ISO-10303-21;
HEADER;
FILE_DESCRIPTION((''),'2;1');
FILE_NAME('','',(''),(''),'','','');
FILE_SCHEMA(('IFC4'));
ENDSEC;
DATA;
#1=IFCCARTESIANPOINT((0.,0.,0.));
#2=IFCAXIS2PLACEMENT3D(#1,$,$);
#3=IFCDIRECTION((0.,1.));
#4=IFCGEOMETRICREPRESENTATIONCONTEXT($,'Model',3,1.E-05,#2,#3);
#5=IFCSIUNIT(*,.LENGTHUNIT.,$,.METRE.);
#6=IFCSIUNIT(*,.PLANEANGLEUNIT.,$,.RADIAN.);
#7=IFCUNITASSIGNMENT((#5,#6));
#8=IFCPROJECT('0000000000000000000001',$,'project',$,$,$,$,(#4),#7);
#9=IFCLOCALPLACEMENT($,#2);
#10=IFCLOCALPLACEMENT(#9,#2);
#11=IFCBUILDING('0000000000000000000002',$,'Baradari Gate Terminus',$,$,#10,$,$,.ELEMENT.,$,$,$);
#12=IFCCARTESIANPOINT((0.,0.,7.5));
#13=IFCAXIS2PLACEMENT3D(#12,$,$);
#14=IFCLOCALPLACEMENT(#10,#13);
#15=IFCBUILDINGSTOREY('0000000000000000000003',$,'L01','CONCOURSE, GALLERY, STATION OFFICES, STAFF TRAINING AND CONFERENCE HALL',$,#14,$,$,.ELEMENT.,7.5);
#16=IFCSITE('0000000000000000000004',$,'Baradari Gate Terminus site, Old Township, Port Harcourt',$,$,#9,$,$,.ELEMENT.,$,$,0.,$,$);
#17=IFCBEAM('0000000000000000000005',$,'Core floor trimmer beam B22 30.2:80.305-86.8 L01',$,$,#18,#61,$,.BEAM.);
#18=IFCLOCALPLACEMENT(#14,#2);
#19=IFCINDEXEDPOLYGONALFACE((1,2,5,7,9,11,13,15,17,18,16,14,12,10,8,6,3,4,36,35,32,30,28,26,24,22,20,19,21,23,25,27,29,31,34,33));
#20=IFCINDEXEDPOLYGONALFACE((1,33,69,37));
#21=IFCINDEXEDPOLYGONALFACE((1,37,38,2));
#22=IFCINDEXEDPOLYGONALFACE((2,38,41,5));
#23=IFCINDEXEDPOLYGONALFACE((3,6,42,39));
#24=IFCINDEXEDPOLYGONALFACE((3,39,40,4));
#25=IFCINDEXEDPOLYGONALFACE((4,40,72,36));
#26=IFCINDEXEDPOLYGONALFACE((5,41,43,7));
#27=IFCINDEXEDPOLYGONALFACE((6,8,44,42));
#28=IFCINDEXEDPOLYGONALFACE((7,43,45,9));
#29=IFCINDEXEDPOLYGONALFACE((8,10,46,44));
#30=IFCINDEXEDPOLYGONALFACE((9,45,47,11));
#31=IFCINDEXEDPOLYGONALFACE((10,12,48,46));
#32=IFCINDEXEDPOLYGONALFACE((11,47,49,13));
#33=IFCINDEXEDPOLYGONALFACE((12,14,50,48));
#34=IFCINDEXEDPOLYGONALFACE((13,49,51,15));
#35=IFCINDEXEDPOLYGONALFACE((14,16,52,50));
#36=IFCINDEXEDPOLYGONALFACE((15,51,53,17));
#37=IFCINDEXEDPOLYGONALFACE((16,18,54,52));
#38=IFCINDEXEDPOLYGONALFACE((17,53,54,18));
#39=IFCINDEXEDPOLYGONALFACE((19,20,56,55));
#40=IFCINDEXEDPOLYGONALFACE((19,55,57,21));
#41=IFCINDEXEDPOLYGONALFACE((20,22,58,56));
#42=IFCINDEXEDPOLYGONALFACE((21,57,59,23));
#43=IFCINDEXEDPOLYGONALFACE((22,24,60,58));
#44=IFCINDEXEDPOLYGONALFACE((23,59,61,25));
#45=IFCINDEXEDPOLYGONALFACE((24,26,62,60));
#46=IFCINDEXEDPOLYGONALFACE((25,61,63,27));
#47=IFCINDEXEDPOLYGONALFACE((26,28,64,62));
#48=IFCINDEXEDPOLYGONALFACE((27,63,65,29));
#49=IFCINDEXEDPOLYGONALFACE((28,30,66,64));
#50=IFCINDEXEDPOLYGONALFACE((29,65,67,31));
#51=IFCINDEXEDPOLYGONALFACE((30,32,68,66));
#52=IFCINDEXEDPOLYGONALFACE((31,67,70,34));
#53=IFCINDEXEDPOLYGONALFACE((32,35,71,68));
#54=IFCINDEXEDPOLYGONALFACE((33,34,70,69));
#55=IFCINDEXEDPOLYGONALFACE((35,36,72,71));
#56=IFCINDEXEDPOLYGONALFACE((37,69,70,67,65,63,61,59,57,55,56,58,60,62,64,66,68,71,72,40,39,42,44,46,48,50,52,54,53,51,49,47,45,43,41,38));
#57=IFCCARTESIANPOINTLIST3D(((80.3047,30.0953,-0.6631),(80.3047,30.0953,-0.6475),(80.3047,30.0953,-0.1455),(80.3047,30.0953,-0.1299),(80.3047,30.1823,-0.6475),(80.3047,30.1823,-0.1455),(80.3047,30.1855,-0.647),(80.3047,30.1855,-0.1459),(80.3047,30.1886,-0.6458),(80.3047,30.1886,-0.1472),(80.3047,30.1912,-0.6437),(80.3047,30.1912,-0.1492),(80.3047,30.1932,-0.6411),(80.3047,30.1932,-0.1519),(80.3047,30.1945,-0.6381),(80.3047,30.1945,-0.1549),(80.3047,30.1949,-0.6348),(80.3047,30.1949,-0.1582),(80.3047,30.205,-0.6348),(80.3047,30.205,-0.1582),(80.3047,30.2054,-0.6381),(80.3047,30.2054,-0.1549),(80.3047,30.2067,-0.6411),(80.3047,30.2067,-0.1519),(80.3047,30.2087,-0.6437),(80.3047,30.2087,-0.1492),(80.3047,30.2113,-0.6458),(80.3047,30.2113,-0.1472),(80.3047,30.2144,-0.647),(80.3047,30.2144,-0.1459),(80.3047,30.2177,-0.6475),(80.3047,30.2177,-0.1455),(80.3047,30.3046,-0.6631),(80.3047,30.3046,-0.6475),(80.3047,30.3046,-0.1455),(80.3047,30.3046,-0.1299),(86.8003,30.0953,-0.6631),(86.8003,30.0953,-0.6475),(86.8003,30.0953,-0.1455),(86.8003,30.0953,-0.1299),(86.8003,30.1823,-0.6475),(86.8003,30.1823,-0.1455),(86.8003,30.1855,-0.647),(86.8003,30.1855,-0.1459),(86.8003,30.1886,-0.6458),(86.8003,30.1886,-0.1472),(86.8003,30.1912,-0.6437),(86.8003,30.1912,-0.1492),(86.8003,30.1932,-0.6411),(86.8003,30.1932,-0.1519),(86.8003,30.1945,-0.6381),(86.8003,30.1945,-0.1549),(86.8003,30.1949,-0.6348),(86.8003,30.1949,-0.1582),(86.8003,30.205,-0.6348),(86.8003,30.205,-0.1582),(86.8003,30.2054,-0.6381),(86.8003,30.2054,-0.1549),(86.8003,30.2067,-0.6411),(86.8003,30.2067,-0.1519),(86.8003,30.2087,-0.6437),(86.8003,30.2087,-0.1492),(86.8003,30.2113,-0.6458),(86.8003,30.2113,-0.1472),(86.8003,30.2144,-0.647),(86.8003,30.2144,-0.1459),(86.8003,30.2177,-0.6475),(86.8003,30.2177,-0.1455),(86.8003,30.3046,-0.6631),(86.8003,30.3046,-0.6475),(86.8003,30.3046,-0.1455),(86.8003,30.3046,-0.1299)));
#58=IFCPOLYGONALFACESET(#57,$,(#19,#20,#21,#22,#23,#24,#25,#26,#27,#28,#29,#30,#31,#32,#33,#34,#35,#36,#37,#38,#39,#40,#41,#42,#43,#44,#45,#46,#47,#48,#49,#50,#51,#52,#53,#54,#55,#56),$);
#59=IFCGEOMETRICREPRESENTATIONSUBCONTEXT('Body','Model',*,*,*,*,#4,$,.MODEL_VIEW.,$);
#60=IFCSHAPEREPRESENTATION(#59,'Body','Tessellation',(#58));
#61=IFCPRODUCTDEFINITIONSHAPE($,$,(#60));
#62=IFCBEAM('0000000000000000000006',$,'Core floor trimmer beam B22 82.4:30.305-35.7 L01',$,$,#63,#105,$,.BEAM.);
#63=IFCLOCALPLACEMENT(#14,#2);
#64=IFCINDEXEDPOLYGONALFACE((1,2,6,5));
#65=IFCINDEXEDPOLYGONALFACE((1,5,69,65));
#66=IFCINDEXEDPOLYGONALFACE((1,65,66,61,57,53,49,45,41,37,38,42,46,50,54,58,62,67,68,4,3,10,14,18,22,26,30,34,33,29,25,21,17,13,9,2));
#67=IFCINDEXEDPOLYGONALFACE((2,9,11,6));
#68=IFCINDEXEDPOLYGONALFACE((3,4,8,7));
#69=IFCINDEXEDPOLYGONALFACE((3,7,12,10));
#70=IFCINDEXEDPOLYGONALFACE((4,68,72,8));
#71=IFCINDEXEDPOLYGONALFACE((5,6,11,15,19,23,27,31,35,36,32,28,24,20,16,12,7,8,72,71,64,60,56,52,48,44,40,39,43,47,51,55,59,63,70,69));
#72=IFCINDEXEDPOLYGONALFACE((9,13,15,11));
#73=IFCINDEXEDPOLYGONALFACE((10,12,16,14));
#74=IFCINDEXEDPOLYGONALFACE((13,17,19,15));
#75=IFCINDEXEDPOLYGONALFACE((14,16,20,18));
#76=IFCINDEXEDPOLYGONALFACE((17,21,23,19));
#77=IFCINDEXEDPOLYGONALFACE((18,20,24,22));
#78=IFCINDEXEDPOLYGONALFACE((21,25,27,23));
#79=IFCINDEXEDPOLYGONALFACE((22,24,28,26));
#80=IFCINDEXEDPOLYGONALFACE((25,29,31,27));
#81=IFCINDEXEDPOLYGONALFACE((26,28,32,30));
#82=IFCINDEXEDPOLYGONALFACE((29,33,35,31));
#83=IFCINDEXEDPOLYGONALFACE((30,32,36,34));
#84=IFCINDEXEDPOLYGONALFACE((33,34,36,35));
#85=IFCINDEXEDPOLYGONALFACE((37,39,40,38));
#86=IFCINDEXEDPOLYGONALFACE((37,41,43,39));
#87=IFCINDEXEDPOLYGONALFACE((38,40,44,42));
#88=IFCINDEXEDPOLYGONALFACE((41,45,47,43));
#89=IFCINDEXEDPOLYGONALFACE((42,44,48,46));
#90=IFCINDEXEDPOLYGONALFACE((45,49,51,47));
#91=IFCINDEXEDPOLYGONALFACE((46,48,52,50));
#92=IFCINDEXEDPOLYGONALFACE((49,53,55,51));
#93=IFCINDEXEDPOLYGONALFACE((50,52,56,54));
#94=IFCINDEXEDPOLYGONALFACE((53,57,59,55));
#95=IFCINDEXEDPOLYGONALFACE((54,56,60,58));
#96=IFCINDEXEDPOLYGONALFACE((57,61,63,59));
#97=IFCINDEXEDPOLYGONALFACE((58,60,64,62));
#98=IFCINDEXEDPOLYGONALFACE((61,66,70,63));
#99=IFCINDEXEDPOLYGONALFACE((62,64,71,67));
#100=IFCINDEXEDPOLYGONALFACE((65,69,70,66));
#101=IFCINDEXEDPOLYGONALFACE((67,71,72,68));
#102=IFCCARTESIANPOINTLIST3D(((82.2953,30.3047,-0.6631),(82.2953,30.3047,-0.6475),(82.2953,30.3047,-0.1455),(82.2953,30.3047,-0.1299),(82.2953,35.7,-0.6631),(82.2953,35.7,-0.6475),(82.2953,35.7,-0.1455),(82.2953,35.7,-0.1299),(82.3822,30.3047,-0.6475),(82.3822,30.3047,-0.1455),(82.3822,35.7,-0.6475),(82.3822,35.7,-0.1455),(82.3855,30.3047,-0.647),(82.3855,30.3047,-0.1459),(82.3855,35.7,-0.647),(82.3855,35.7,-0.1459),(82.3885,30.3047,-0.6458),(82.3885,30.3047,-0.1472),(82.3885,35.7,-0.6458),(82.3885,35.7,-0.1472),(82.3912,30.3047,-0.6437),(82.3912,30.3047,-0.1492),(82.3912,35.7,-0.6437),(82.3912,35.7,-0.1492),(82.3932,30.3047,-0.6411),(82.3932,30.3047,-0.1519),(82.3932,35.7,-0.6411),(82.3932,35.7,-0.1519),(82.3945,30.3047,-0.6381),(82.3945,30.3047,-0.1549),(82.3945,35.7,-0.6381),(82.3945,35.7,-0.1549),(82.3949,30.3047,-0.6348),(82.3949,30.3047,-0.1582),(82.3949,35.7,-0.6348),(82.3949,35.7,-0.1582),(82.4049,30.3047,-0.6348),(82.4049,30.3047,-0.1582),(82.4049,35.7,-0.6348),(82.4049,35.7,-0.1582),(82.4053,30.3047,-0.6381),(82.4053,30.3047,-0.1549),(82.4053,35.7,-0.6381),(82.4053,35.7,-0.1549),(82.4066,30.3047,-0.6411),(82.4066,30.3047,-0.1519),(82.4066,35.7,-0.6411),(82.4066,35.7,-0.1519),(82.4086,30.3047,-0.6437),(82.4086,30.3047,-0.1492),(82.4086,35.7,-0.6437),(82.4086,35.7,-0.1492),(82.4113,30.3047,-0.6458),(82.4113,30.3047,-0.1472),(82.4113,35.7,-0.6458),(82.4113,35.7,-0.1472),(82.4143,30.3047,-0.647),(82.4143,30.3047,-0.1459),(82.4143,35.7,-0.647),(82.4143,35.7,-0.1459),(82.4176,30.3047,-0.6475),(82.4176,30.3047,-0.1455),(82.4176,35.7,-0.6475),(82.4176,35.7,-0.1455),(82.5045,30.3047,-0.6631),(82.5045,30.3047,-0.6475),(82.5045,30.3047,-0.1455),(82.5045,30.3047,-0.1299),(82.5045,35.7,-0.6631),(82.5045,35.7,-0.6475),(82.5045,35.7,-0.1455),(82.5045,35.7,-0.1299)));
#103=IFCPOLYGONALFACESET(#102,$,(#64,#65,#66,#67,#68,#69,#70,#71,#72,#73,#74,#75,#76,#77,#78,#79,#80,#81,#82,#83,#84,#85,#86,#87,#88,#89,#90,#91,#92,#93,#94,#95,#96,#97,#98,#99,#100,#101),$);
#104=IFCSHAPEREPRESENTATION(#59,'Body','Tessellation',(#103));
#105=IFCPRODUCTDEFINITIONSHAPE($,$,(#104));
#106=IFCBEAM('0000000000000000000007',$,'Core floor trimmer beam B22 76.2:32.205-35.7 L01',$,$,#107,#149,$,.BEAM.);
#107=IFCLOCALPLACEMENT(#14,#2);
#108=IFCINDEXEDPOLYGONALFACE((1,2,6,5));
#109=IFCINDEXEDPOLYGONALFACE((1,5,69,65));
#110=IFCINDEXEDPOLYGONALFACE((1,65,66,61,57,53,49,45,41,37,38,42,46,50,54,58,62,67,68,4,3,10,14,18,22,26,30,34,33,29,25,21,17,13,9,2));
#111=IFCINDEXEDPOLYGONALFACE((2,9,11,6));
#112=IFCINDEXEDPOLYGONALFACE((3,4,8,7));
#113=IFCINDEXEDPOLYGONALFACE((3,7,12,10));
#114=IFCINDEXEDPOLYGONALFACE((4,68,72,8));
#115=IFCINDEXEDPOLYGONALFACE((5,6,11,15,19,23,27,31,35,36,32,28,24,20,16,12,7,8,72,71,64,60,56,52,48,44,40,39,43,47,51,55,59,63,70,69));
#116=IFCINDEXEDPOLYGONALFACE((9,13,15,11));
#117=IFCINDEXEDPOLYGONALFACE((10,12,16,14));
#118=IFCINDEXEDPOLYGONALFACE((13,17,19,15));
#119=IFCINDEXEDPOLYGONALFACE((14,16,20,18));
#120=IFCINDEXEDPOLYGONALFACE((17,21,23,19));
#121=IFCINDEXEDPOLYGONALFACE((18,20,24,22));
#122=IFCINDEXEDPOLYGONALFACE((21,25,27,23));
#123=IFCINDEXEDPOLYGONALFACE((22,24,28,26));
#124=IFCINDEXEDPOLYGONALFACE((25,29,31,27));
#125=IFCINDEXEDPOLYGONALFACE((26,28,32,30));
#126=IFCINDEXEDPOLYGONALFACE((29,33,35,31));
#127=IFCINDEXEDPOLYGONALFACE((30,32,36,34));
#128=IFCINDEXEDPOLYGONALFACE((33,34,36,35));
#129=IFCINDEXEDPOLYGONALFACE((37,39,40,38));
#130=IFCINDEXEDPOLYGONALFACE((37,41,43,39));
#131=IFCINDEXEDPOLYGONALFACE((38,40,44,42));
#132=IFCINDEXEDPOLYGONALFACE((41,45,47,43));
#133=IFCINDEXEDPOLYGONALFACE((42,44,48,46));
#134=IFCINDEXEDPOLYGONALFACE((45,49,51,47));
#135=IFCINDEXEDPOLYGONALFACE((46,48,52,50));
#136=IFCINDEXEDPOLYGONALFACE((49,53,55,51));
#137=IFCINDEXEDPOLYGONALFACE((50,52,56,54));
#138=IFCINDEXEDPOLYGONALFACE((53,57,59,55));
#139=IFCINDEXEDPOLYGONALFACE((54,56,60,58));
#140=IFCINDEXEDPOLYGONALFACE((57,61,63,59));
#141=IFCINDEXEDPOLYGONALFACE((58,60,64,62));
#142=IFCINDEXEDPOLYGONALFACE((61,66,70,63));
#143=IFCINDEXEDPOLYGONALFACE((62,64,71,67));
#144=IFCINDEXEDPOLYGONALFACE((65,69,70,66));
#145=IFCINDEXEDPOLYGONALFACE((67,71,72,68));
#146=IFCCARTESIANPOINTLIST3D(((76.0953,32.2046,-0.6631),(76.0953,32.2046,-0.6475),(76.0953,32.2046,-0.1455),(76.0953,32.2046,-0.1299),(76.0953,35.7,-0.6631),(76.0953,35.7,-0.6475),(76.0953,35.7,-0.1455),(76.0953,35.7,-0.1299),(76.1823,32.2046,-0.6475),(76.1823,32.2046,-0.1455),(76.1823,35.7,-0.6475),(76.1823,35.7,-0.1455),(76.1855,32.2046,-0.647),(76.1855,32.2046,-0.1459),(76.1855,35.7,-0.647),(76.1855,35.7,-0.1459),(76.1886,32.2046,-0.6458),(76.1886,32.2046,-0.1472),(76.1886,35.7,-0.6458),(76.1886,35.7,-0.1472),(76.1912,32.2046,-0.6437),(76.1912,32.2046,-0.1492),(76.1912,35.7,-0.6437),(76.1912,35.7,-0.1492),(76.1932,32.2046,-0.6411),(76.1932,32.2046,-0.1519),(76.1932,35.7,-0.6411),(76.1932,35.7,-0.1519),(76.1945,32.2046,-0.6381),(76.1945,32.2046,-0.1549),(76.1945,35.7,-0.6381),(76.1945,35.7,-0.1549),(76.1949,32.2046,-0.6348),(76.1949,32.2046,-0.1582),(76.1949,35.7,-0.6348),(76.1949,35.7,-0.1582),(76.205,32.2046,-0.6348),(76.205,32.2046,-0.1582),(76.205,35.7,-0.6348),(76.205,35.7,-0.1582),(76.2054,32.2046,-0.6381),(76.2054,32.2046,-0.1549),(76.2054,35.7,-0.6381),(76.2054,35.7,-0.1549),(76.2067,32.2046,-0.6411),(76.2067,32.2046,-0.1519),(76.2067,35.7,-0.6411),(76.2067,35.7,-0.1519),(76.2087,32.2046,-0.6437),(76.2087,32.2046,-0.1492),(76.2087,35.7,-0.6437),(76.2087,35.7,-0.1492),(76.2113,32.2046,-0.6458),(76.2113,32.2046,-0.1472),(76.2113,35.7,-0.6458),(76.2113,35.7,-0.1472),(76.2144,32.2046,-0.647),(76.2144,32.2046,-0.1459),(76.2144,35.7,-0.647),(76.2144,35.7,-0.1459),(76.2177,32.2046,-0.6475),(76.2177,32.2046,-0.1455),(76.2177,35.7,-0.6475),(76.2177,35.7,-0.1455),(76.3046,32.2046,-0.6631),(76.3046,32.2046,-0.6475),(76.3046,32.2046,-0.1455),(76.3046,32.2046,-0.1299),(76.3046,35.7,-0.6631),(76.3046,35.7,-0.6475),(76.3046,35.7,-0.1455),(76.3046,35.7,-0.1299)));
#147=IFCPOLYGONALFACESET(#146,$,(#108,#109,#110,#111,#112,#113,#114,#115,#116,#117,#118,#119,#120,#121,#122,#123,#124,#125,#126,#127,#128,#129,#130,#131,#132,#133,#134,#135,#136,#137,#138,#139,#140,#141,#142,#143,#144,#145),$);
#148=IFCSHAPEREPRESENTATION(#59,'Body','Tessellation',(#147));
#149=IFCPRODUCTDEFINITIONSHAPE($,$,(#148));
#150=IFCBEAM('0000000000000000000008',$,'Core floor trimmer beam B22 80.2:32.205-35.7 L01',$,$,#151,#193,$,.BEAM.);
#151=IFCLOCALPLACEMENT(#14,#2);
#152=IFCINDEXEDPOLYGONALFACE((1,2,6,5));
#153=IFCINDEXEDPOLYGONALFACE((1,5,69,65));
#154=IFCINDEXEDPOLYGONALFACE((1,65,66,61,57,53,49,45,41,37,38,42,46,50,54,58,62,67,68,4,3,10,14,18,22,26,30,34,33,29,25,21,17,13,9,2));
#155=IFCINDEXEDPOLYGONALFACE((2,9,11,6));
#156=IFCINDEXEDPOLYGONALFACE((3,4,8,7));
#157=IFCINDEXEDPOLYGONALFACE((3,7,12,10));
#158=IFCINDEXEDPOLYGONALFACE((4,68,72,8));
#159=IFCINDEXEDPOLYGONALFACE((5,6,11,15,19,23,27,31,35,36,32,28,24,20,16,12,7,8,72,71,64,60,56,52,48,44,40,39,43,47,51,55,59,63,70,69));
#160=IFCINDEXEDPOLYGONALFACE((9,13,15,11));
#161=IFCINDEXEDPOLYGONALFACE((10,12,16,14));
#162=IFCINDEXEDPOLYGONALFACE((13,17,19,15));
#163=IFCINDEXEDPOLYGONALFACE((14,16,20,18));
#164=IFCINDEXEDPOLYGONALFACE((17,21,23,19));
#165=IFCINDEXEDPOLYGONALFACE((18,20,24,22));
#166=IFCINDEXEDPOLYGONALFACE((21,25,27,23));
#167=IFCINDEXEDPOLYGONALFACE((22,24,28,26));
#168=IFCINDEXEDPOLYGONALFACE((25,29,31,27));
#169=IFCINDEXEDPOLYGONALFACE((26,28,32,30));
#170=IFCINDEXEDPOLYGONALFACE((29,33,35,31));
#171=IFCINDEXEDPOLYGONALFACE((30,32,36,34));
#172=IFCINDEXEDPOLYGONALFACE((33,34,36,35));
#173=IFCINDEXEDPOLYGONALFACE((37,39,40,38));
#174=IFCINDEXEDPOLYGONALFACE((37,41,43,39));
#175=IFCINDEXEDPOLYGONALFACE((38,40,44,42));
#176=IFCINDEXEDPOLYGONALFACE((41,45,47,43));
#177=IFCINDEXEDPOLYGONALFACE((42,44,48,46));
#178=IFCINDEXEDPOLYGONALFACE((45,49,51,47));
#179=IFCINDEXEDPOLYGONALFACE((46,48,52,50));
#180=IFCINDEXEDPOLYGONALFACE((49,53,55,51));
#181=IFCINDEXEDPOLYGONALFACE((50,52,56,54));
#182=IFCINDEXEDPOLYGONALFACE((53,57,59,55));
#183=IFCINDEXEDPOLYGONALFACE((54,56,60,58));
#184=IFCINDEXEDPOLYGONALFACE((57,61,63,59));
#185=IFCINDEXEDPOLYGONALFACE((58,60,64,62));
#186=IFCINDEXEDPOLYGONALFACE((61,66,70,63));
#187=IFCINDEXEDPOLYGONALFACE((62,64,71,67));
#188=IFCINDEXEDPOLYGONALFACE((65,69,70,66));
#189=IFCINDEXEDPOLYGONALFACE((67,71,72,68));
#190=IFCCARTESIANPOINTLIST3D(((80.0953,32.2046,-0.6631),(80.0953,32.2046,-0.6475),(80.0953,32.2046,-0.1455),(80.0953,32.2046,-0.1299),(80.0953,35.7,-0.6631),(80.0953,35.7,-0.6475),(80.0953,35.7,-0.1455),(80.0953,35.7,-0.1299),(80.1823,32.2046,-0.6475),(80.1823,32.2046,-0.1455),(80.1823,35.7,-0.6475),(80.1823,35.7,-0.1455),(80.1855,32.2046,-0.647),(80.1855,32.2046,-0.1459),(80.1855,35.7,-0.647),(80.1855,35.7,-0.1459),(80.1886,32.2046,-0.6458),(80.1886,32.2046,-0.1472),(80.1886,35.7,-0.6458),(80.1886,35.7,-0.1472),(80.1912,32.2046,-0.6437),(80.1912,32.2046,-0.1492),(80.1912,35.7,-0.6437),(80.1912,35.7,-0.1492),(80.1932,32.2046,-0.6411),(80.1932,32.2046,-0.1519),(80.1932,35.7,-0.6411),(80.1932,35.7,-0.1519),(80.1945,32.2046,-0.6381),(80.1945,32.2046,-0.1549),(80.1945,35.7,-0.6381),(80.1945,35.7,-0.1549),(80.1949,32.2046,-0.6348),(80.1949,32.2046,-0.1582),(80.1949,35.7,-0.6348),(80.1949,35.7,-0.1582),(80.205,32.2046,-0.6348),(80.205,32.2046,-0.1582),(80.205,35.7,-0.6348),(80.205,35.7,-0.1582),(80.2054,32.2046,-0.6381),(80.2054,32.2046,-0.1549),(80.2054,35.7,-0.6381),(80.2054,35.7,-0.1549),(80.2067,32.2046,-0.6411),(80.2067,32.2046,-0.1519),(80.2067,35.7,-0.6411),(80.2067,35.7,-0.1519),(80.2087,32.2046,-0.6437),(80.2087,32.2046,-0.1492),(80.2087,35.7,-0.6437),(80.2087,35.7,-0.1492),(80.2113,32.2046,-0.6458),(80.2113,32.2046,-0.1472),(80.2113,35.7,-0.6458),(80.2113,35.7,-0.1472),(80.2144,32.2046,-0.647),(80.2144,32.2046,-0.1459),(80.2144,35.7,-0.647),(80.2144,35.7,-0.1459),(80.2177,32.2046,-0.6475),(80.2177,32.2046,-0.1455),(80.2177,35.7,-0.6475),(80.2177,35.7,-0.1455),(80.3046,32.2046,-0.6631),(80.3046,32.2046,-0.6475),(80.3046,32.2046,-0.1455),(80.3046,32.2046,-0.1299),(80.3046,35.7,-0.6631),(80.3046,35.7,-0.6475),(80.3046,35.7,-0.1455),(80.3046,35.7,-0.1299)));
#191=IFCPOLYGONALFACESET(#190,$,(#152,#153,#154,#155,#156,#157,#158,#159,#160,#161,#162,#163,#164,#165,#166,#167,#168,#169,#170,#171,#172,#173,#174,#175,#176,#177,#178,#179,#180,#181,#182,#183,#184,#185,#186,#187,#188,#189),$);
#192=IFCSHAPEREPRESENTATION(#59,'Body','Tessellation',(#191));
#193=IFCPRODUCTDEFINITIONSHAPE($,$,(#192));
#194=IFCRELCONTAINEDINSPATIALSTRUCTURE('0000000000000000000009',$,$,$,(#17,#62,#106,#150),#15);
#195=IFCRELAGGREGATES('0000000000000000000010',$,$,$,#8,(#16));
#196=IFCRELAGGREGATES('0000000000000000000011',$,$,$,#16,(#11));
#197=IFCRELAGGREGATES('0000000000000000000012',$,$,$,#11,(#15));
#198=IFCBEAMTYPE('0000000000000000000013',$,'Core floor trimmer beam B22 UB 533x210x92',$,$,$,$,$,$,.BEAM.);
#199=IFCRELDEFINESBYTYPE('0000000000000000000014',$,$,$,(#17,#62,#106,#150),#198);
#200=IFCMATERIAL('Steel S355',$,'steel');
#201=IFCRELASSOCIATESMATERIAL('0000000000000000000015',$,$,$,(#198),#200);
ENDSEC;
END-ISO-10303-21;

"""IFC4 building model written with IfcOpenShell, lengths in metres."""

from ifc_helpers import new_model, si_unit, direction, frame, origin, origin_2d, place, context, subcontext, project, spatial, i_section, extrude, material, material_profile, profile_set, type_object, element, save


model = new_model("IFC4")

# Units and contexts
model_context = context("Model", 3, precision=1e-05, world=origin(), true_north=direction((0.0, 1.0)))
body_context = subcontext(model_context, "Body", "Model", "MODEL_VIEW")
ifc_project = project(units=[si_unit("LENGTHUNIT", "METRE"), si_unit("PLANEANGLEUNIT", "RADIAN")], contexts=[model_context])

# Site, building, storey
site_placement = place(None, origin())
site = spatial("IfcSite", under=ifc_project, at=site_placement, Name="Baradari Gate Terminus site, Old Township, Port Harcourt", CompositionType="ELEMENT", RefElevation=0.0)
building_placement = place(site_placement, origin())
building = spatial("IfcBuilding", under=site, at=building_placement, Name="Baradari Gate Terminus", CompositionType="ELEMENT")
storey_placement = place(building_placement, frame((0.0, 0.0, 7.5)))
storey = spatial("IfcBuildingStorey", under=building, at=storey_placement, Name="L01", Description="CONCOURSE, GALLERY, STATION OFFICES, STAFF TRAINING AND CONFERENCE HALL", CompositionType="ELEMENT", Elevation=7.5)

# Beams
ifc_material_1 = material(Name="Steel S355", Category="steel")
ifc_material_profile_1 = material_profile(ifc_material_1, i_section(OverallWidth=0.2092, OverallDepth=0.5332, WebThickness=0.01, FlangeThickness=0.0156, FilletRadius=0.0127, at=origin_2d()), Name="UB 533x210x92")
ifc_profile_set_1 = profile_set([ifc_material_profile_1], Name="Steel S355")
beam_type_1 = type_object("IfcBeamType", Name="Core floor trimmer beam B22 UB 533x210x92", PredefinedType="BEAM", material=ifc_profile_set_1)
beam_1_placement = place(storey_placement, frame((80.3047, 30.2, -0.3965), z_axis=(1.0, 0.0, 0.0), x_axis=(0.0, 1.0, 0.0)))
element("IfcBeam", 1, at=beam_1_placement, inside=storey, type_object=beam_type_1, Name="Core floor trimmer beam B22 30.2:80.305-86.8 L01", PredefinedType="BEAM", context=body_context, shape_type="SweptSolid", body=[
    extrude(i_section(OverallWidth=0.2092, OverallDepth=0.5332, WebThickness=0.01, FlangeThickness=0.0156, FilletRadius=0.0127, at=origin_2d()), origin(), (0.0, 0.0, 1.0), 6.4956),
])
beam_2_placement = place(storey_placement, frame((82.3999, 30.3047, -0.3965), z_axis=(0.0, 1.0, 0.0), x_axis=(-1.0, 0.0, 0.0)))
element("IfcBeam", 2, at=beam_2_placement, inside=storey, type_object=beam_type_1, Name="Core floor trimmer beam B22 82.4:30.305-35.7 L01", PredefinedType="BEAM", context=body_context, shape_type="SweptSolid", body=[
    extrude(i_section(OverallWidth=0.2092, OverallDepth=0.5332, WebThickness=0.01, FlangeThickness=0.0156, FilletRadius=0.0127, at=origin_2d()), origin(), (0.0, 0.0, 1.0), 5.3953),
])
for number, where, z_axis, x_axis, name in (
    (3, (76.2, 32.2046, -0.3965), (0.0, 1.0, 0.0), (-1.0, 0.0, 0.0), "Core floor trimmer beam B22 76.2:32.205-35.7 L01"),
    (4, (80.2, 32.2046, -0.3965), (0.0, 1.0, 0.0), (-1.0, 0.0, 0.0), "Core floor trimmer beam B22 80.2:32.205-35.7 L01"),
):
    element("IfcBeam", number, at=place(storey_placement, frame(where, z_axis=z_axis, x_axis=x_axis)), inside=storey, type_object=beam_type_1, Name=name, PredefinedType="BEAM", context=body_context, shape_type="SweptSolid", body=[
        extrude(i_section(OverallWidth=0.2092, OverallDepth=0.5332, WebThickness=0.01, FlangeThickness=0.0156, FilletRadius=0.0127, at=origin_2d()), origin(), (0.0, 0.0, 1.0), 3.4954),
    ])

save(model, "model.ifc")
